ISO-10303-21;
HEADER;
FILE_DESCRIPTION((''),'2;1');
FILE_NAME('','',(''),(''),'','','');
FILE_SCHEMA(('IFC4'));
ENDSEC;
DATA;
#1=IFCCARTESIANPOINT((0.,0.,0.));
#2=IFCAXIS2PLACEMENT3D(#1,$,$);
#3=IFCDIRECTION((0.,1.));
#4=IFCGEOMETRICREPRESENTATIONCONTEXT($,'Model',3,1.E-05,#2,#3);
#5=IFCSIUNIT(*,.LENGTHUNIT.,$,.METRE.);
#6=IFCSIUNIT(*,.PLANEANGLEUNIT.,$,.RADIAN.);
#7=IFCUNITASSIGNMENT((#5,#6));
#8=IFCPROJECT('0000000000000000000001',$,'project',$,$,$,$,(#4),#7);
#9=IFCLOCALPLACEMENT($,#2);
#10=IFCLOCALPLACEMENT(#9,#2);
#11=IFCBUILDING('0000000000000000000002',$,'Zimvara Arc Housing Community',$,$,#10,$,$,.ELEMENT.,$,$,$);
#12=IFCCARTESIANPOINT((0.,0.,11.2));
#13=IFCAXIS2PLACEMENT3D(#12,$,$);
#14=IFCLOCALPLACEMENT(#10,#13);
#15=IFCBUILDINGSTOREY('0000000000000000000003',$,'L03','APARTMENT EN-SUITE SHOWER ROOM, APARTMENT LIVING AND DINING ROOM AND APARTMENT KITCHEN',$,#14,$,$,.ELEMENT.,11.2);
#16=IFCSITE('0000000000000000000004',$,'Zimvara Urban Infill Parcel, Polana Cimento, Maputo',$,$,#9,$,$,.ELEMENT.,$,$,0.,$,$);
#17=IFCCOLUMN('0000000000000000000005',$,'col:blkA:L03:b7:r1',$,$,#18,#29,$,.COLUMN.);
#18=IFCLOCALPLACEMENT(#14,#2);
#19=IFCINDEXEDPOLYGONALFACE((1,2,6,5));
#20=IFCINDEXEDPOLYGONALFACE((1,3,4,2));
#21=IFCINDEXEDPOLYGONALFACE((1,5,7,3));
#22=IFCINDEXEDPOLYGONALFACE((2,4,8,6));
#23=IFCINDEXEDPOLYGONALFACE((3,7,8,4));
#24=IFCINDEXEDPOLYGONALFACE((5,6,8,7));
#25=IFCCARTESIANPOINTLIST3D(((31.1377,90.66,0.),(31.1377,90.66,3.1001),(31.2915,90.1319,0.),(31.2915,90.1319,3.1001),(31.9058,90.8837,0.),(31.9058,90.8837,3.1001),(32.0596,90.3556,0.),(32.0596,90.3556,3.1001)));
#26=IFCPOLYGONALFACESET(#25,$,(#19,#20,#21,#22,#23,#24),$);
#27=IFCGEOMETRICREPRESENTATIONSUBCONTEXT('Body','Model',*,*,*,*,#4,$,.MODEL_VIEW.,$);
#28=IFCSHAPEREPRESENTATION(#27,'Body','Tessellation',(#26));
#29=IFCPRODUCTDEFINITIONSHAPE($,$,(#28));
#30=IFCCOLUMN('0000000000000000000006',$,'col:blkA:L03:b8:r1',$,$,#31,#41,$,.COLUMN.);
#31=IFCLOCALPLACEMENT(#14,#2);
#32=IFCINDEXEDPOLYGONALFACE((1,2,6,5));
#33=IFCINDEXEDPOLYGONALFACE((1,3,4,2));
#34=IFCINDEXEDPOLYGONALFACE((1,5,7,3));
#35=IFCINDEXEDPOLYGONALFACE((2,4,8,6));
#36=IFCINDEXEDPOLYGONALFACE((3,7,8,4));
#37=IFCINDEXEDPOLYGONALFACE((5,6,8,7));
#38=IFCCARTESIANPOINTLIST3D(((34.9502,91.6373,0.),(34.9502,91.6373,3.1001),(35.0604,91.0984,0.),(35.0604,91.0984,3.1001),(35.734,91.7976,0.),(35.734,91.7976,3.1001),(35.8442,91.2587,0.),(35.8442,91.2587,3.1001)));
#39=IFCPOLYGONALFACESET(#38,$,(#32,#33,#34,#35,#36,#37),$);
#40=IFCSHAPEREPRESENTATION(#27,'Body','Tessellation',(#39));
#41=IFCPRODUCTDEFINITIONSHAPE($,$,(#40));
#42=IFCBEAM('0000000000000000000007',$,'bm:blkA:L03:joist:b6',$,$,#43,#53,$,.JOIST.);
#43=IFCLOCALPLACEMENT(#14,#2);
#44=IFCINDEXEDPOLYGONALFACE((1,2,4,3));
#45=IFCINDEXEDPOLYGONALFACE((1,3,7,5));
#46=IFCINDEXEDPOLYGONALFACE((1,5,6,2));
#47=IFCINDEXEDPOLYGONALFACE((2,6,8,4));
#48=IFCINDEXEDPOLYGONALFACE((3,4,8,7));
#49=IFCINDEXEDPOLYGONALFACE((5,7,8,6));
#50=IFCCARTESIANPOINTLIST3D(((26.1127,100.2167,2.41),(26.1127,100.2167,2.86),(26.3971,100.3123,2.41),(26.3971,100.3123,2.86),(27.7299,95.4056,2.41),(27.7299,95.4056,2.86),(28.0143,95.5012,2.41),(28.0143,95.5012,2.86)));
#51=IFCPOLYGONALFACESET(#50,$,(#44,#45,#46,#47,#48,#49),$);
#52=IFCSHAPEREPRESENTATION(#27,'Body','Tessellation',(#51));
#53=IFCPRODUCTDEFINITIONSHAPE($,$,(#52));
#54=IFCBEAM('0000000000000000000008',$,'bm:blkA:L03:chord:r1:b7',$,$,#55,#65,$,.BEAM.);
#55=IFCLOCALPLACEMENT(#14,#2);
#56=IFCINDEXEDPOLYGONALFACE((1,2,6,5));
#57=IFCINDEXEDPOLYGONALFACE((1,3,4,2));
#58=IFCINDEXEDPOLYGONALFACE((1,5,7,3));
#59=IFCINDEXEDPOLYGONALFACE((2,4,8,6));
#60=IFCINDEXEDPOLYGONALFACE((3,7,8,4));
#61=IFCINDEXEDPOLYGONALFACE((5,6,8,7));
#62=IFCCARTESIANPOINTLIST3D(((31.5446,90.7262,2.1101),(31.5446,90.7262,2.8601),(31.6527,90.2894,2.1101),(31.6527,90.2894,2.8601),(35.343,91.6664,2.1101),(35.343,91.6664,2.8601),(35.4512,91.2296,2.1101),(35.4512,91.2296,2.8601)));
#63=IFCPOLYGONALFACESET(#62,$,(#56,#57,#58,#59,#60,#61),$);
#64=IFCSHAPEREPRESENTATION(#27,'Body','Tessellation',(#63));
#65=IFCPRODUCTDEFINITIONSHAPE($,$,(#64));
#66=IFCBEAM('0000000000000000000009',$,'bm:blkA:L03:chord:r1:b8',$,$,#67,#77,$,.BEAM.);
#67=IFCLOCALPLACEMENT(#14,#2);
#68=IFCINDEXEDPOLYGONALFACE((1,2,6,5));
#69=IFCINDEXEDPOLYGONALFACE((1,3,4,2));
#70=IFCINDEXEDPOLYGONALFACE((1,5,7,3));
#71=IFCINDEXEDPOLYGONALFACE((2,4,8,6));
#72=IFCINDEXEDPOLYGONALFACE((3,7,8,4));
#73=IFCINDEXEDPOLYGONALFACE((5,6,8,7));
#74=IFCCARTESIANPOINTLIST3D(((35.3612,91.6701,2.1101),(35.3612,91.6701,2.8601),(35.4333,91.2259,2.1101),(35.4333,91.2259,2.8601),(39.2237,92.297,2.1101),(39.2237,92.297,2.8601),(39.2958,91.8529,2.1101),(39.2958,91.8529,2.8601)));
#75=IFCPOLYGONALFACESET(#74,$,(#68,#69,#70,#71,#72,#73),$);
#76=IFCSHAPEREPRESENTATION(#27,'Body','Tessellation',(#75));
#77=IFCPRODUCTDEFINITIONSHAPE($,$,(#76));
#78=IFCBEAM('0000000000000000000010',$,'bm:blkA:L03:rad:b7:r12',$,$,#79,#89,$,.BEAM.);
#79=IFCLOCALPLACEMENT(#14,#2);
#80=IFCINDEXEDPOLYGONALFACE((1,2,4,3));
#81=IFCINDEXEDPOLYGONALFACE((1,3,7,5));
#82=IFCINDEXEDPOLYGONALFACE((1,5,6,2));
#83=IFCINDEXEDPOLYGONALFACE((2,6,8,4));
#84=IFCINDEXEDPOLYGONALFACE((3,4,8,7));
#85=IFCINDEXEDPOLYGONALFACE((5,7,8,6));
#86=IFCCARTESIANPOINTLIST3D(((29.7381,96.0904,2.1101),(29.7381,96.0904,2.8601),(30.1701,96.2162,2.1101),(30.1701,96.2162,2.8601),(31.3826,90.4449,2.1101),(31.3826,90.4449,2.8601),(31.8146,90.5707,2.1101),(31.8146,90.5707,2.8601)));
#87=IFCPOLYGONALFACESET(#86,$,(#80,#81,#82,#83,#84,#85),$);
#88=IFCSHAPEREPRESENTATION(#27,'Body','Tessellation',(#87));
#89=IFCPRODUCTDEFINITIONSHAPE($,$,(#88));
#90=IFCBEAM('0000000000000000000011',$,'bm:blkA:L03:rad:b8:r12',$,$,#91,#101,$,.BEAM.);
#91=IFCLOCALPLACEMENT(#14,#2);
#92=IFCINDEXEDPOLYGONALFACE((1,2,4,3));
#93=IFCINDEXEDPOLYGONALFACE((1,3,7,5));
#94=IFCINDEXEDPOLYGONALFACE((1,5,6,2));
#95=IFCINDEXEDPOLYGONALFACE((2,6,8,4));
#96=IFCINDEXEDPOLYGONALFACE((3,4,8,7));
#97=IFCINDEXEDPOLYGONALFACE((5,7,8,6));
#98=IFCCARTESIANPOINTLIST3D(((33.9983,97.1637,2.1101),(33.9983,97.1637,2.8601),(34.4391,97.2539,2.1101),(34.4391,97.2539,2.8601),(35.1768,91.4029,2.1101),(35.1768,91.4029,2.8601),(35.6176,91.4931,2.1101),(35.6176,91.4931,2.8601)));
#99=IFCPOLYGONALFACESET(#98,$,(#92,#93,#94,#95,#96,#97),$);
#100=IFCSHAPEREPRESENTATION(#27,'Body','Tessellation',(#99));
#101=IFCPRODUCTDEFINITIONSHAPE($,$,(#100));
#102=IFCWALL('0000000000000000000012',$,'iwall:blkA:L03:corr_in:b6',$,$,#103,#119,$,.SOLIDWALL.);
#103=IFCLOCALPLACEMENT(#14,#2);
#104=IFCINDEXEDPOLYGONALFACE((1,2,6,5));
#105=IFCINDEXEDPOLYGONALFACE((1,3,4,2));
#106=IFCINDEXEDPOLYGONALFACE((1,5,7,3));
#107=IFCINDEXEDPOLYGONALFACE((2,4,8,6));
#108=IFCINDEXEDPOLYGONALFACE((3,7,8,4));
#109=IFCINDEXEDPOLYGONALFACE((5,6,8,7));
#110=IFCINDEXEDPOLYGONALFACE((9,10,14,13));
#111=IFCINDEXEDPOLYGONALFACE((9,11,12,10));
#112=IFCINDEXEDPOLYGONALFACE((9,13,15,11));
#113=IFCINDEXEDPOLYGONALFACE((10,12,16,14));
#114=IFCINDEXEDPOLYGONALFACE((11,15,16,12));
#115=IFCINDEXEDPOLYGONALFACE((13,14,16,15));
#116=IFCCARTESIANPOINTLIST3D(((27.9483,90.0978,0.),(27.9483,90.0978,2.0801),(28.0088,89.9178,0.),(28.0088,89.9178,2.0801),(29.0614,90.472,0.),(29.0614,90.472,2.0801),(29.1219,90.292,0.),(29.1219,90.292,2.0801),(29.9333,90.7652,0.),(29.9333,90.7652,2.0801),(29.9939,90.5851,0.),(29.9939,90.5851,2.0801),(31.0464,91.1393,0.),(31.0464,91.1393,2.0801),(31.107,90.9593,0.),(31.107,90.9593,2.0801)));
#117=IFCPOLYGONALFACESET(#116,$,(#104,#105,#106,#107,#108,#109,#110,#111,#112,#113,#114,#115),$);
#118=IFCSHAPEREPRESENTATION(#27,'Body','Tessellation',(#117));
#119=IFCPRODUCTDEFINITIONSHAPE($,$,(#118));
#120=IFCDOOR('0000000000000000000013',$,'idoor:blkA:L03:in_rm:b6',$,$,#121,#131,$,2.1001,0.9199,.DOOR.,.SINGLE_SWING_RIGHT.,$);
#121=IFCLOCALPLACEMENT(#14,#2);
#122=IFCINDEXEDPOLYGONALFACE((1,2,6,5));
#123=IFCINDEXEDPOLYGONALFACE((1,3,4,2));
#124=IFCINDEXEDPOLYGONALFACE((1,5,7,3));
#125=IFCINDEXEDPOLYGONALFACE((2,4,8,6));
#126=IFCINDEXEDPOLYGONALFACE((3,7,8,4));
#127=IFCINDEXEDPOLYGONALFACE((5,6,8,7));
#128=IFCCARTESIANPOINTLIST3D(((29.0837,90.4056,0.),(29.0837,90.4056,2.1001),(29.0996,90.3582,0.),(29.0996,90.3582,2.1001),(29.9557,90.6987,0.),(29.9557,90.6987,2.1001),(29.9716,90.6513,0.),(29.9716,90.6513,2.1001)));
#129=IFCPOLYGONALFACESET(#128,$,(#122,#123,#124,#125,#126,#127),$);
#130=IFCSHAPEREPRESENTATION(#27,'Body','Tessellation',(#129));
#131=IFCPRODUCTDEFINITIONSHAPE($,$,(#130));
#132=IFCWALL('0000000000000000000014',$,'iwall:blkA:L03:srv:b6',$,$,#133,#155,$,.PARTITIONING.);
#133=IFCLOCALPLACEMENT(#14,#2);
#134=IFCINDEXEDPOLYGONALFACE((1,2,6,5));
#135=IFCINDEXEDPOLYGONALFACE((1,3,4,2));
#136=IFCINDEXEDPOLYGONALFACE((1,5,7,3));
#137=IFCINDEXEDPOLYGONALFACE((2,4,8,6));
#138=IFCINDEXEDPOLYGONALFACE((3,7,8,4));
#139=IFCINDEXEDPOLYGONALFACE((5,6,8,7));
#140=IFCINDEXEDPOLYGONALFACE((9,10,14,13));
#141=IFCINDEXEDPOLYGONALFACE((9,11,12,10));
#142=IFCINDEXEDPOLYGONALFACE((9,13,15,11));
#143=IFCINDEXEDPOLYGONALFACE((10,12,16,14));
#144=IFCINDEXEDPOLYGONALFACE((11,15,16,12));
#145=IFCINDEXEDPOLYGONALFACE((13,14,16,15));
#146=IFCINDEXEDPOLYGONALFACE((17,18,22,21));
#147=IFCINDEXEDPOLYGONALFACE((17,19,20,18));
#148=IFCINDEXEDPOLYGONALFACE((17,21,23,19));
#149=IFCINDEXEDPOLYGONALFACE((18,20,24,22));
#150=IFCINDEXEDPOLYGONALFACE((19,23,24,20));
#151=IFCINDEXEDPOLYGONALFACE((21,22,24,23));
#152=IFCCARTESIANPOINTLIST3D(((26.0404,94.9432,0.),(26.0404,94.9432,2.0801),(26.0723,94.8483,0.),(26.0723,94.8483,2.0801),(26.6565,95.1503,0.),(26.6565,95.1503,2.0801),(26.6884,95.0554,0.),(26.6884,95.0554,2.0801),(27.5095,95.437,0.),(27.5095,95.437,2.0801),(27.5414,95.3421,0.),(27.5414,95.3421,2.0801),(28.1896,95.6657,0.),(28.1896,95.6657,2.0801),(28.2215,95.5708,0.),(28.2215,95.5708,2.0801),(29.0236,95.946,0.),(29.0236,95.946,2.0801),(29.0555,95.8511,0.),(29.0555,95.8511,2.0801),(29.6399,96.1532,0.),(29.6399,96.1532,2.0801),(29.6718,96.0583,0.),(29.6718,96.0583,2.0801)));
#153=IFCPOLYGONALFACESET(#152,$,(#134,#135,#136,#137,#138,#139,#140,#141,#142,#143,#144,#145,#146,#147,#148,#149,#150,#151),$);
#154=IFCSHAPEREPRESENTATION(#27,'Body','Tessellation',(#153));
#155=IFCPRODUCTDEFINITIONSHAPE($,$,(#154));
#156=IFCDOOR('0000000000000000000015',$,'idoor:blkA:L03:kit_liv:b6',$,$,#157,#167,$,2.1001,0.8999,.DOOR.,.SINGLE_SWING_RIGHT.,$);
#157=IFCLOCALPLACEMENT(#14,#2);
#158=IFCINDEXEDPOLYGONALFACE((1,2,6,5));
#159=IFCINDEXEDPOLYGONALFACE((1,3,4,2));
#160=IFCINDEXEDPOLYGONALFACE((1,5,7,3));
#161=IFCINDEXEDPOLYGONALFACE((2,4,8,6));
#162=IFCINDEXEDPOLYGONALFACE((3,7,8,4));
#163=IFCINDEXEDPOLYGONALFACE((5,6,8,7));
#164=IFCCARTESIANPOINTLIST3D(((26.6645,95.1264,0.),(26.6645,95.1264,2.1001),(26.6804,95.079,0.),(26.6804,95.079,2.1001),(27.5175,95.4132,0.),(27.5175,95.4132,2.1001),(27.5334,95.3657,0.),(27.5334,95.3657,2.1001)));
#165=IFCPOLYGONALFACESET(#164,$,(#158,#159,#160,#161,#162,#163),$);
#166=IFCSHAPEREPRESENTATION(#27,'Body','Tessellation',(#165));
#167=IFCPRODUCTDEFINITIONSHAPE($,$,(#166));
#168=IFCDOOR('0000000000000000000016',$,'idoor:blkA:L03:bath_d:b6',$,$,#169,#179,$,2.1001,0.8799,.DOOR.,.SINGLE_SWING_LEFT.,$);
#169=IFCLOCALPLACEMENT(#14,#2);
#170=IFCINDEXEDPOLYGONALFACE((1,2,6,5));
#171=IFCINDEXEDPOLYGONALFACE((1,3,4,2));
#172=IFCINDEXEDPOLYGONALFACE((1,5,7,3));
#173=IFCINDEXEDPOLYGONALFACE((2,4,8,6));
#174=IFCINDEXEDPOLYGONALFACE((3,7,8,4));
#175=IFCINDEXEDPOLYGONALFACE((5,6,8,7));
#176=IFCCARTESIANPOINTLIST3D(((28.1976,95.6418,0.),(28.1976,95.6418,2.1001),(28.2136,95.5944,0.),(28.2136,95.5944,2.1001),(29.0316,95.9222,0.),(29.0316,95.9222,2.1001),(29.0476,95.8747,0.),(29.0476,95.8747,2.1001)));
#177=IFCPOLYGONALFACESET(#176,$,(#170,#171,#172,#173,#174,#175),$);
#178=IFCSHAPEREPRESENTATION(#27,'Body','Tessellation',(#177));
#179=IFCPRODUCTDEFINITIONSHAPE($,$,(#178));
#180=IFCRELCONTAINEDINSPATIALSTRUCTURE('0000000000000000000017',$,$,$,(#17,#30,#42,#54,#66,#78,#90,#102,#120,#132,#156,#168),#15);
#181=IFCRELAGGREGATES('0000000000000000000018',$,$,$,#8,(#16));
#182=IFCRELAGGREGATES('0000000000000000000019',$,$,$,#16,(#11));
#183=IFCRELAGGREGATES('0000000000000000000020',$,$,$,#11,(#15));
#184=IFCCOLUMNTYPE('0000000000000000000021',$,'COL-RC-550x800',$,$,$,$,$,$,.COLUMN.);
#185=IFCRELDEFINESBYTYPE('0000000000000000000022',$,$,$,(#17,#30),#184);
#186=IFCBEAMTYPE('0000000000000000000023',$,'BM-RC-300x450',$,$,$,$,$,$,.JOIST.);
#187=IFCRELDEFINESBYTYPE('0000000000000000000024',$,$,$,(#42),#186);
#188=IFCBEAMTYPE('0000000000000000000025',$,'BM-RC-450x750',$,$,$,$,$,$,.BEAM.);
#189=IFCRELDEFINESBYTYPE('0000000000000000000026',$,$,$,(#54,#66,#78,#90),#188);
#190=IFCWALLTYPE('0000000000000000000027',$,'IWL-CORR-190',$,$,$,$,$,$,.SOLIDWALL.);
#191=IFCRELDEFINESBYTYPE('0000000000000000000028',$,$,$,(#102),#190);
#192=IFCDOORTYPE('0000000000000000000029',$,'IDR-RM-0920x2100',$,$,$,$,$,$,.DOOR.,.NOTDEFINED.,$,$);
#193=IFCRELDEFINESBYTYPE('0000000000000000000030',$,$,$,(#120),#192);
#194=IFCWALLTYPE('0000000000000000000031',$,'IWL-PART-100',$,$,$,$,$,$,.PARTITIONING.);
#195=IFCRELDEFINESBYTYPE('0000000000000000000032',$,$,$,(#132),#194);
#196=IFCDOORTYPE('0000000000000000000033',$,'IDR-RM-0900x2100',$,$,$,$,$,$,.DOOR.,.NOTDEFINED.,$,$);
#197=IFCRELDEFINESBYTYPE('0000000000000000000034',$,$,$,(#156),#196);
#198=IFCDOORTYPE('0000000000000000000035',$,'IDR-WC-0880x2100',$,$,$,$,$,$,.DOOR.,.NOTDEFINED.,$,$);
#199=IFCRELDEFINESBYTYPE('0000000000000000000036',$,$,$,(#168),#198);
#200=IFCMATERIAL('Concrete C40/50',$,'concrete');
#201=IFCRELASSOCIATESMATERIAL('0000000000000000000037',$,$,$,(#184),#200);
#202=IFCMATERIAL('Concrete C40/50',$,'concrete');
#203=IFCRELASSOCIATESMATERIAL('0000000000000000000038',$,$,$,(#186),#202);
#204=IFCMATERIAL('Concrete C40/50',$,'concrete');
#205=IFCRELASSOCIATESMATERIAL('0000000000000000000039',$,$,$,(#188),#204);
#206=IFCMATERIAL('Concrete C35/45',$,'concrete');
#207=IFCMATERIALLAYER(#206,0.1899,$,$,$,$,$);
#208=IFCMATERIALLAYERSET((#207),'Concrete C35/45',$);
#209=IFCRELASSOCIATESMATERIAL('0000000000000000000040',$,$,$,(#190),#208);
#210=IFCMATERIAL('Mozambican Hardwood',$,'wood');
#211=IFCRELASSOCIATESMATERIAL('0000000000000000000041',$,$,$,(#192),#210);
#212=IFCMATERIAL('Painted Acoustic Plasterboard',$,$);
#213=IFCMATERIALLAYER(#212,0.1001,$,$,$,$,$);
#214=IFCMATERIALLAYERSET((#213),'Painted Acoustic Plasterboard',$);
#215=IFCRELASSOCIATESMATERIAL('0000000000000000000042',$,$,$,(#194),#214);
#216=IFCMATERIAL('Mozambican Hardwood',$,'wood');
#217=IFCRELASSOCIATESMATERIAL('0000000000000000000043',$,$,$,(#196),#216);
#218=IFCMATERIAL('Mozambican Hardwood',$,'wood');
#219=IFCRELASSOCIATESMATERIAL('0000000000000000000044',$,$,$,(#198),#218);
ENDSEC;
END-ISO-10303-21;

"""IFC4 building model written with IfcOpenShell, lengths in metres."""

from ifc_helpers import new_model, si_unit, direction, frame, frame_2d, origin, origin_2d, place, context, subcontext, project, spatial, rectangle, extrude, material, layer, layer_set, material_profile, profile_set, type_object, element, fill, save


model = new_model("IFC4")

# Units and contexts
model_context = context("Model", 3, precision=1e-05, world=origin(), true_north=direction((0.0, 1.0)))
body_context = subcontext(model_context, "Body", "Model", "MODEL_VIEW")
ifc_project = project(units=[si_unit("LENGTHUNIT", "METRE"), si_unit("PLANEANGLEUNIT", "RADIAN")], contexts=[model_context])

# Site, building, storey
site_placement = place(None, origin())
site = spatial("IfcSite", under=ifc_project, at=site_placement, Name="Zimvara Urban Infill Parcel, Polana Cimento, Maputo", CompositionType="ELEMENT", RefElevation=0.0)
building_placement = place(site_placement, origin())
building = spatial("IfcBuilding", under=site, at=building_placement, Name="Zimvara Arc Housing Community", CompositionType="ELEMENT")
storey_placement = place(building_placement, frame((0.0, 0.0, 11.2)))
storey = spatial("IfcBuildingStorey", under=building, at=storey_placement, Name="L03", Description="APARTMENT EN-SUITE SHOWER ROOM, APARTMENT LIVING AND DINING ROOM AND APARTMENT KITCHEN", CompositionType="ELEMENT", Elevation=11.2)

# Columns
ifc_material_1 = material(Name="Concrete C40/50", Category="concrete")
ifc_material_profile_1 = material_profile(ifc_material_1, rectangle(XDim=0.55, YDim=0.8, at=origin_2d()), Name="RC 550x800")
ifc_profile_set_1 = profile_set([ifc_material_profile_1], Name="Concrete C40/50")
column_type = type_object("IfcColumnType", Name="COL-RC-550x800", PredefinedType="COLUMN", material=ifc_profile_set_1)
for number, where, z_axis, x_axis, name in (
    (1, (31.5986, 90.5078, 0.0), (0.0, 0.0, 1.0), (-0.279661, 0.960099, 0.0), "col:blkA:L03:b7:r1"),
    (2, (35.3972, 91.448, 0.0), (0.0, 0.0, 1.0), (-0.200394, 0.979715, 0.0), "col:blkA:L03:b8:r1"),
):
    element("IfcColumn", number, at=place(storey_placement, frame(where, z_axis=z_axis, x_axis=x_axis)), inside=storey, type_object=column_type, Name=name, PredefinedType="COLUMN", context=body_context, shape_type="SweptSolid", body=[
        extrude(rectangle(XDim=0.55, YDim=0.8, at=origin_2d()), origin(), (0.0, 0.0, 1.0), 3.1001),
    ])

# Beams
ifc_material_2 = material(Name="Concrete C40/50", Category="concrete")
ifc_material_profile_2 = material_profile(ifc_material_2, rectangle(XDim=0.3, YDim=0.45, at=origin_2d()), Name="RC 300x450")
ifc_profile_set_2 = profile_set([ifc_material_profile_2], Name="Concrete C40/50")
beam_type_1 = type_object("IfcBeamType", Name="BM-RC-300x450", PredefinedType="JOIST", material=ifc_profile_set_2)
beam_placement = place(storey_placement, frame((27.8721, 95.4534, 2.635), z_axis=(-0.318608, 0.947887, 0.0), x_axis=(-0.947887, -0.318608, 0.0)))
element("IfcBeam", 3, at=beam_placement, inside=storey, type_object=beam_type_1, Name="bm:blkA:L03:joist:b6", PredefinedType="JOIST", context=body_context, shape_type="SweptSolid", body=[
    extrude(rectangle(XDim=0.3, YDim=0.45, at=origin_2d()), origin(), (0.0, 0.0, 1.0), 5.0757),
])
ifc_material_3 = material(Name="Concrete C40/50", Category="concrete")
ifc_material_profile_3 = material_profile(ifc_material_3, rectangle(XDim=0.45, YDim=0.75, at=origin_2d()), Name="RC 450x750")
ifc_profile_set_3 = profile_set([ifc_material_profile_3], Name="Concrete C40/50")
beam_type_2 = type_object("IfcBeamType", Name="BM-RC-450x750", PredefinedType="BEAM", material=ifc_profile_set_3)
for number, where, z_axis, x_axis, name in (
    (4, (31.5986, 90.5078, 2.4851), (0.970709, 0.24026, 0.0), (-0.24026, 0.970709, 0.0), "bm:blkA:L03:chord:r1:b7"),
    (5, (35.3972, 91.448, 2.4851), (0.987081, 0.160219, 0.0), (-0.160219, 0.987081, 0.0), "bm:blkA:L03:chord:r1:b8"),
):
    element("IfcBeam", number, at=place(storey_placement, frame(where, z_axis=z_axis, x_axis=x_axis)), inside=storey, type_object=beam_type_2, Name=name, PredefinedType="BEAM", context=body_context, shape_type="SweptSolid", body=[
        extrude(rectangle(XDim=0.45, YDim=0.75, at=origin_2d()), origin(), (0.0, 0.0, 1.0), 3.9131),
    ])
for number, where, z_axis, x_axis, name in (
    (6, (31.5986, 90.5078, 2.4851), (-0.279675, 0.960095, 0.0), (-0.960095, -0.279675, 0.0), "bm:blkA:L03:rad:b7:r12"),
    (7, (35.3972, 91.448, 2.4851), (-0.200418, 0.97971, 0.0), (-0.97971, -0.200418, 0.0), "bm:blkA:L03:rad:b8:r12"),
):
    element("IfcBeam", number, at=place(storey_placement, frame(where, z_axis=z_axis, x_axis=x_axis)), inside=storey, type_object=beam_type_2, Name=name, PredefinedType="BEAM", context=body_context, shape_type="SweptSolid", body=[
        extrude(rectangle(XDim=0.45, YDim=0.75, at=origin_2d()), origin(), (0.0, 0.0, 1.0), 5.8801),
    ])

# Wall, opening, door
ifc_material_4 = material(Name="Concrete C35/45", Category="concrete")
ifc_layer_1 = layer(ifc_material_4, 0.1899)
ifc_layer_set_1 = layer_set([ifc_layer_1], Name="Concrete C35/45")
wall_type_1 = type_object("IfcWallType", Name="IWL-CORR-190", PredefinedType="SOLIDWALL", material=ifc_layer_set_1)
wall_1_placement = place(storey_placement, frame((27.9785, 90.0078, 0.0), z_axis=(0.0, 0.0, 1.0), x_axis=(0.947874, 0.318647, 0.0)))
wall_1 = element("IfcWall", 8, at=wall_1_placement, inside=storey, type_object=wall_type_1, Name="iwall:blkA:L03:corr_in:b6", PredefinedType="SOLIDWALL", context=body_context, shape_type="SweptSolid", body=[
    extrude(rectangle(XDim=3.2686, YDim=0.1899, at=frame_2d((1.6343, 0.0))), origin(), (0.0, 0.0, 1.0), 2.0801),
])
opening_1_placement = place(wall_1_placement, frame((1.1743, 0.0, 0.0)))
opening_1 = element("IfcOpeningElement", 9, at=opening_1_placement, cuts=wall_1, PredefinedType="OPENING", context=body_context, shape_type="SweptSolid", body=[
    extrude(rectangle(XDim=0.9199, YDim=2.1001, at=frame_2d((0.46, 1.05))), frame((0.0, 0.105, 0.0), z_axis=(0.0, -1.0, 0.0), x_axis=(1.0, 0.0, 0.0)), (0.0, 0.0, 1.0), 0.21),
])
ifc_material_5 = material(Name="Mozambican Hardwood", Category="wood")
door_type_1 = type_object("IfcDoorType", Name="IDR-RM-0920x2100", OperationType="NOTDEFINED", PredefinedType="DOOR", material=ifc_material_5)
door_1_placement = place(opening_1_placement, origin())
door_1 = element("IfcDoor", 10, at=door_1_placement, inside=storey, type_object=door_type_1, Name="idoor:blkA:L03:in_rm:b6", OperationType="SINGLE_SWING_RIGHT", OverallHeight=2.1001, OverallWidth=0.9199, PredefinedType="DOOR", context=body_context, shape_type="SweptSolid", body=[
    extrude(rectangle(XDim=0.9199, YDim=2.1001, at=frame_2d((0.46, 1.05))), frame((0.0, 0.0249, 0.0), z_axis=(0.0, -1.0, 0.0), x_axis=(1.0, 0.0, 0.0)), (0.0, 0.0, 1.0), 0.05),
])
fill(opening_1, door_1)

# Wall, openings, doors
ifc_material_6 = material(Name="Painted Acoustic Plasterboard")
ifc_layer_2 = layer(ifc_material_6, 0.1001)
ifc_layer_set_2 = layer_set([ifc_layer_2], Name="Painted Acoustic Plasterboard")
wall_type_2 = type_object("IfcWallType", Name="IWL-PART-100", PredefinedType="PARTITIONING", material=ifc_layer_set_2)
wall_2_placement = place(storey_placement, frame((26.0564, 94.8958, 0.0), z_axis=(0.0, 0.0, 1.0), x_axis=(0.947877, 0.318638, 0.0)))
wall_2 = element("IfcWall", 11, at=wall_2_placement, inside=storey, type_object=wall_type_2, Name="iwall:blkA:L03:srv:b6", PredefinedType="PARTITIONING", context=body_context, shape_type="SweptSolid", body=[
    extrude(rectangle(XDim=3.7974, YDim=0.1001, at=frame_2d((1.8987, 0.0))), origin(), (0.0, 0.0, 1.0), 2.0801),
])
opening_2_placement = place(wall_2_placement, frame((0.6499, 0.0, 0.0)))
opening_2 = element("IfcOpeningElement", 12, at=opening_2_placement, cuts=wall_2, PredefinedType="OPENING", context=body_context, shape_type="SweptSolid", body=[
    extrude(rectangle(XDim=0.8999, YDim=2.1001, at=frame_2d((0.45, 1.05))), frame((0.0, 0.0601, 0.0), z_axis=(0.0, -1.0, 0.0), x_axis=(1.0, 0.0, 0.0)), (0.0, 0.0, 1.0), 0.1201),
])
opening_3_placement = place(wall_2_placement, frame((2.2673, 0.0, 0.0)))
opening_3 = element("IfcOpeningElement", 13, at=opening_3_placement, cuts=wall_2, PredefinedType="OPENING", context=body_context, shape_type="SweptSolid", body=[
    extrude(rectangle(XDim=0.8799, YDim=2.1001, at=frame_2d((0.4399, 1.05))), frame((0.0, 0.0601, 0.0), z_axis=(0.0, -1.0, 0.0), x_axis=(1.0, 0.0, 0.0)), (0.0, 0.0, 1.0), 0.1201),
])
ifc_material_7 = material(Name="Mozambican Hardwood", Category="wood")
door_type_2 = type_object("IfcDoorType", Name="IDR-RM-0900x2100", OperationType="NOTDEFINED", PredefinedType="DOOR", material=ifc_material_7)
door_2_placement = place(opening_2_placement, origin())
door_2 = element("IfcDoor", 14, at=door_2_placement, inside=storey, type_object=door_type_2, Name="idoor:blkA:L03:kit_liv:b6", OperationType="SINGLE_SWING_RIGHT", OverallHeight=2.1001, OverallWidth=0.8999, PredefinedType="DOOR", context=body_context, shape_type="SweptSolid", body=[
    extrude(rectangle(XDim=0.8999, YDim=2.1001, at=frame_2d((0.45, 1.05))), frame((0.0, 0.0249, 0.0), z_axis=(0.0, -1.0, 0.0), x_axis=(1.0, 0.0, 0.0)), (0.0, 0.0, 1.0), 0.05),
])
fill(opening_2, door_2)
ifc_material_8 = material(Name="Mozambican Hardwood", Category="wood")
door_type_3 = type_object("IfcDoorType", Name="IDR-WC-0880x2100", OperationType="NOTDEFINED", PredefinedType="DOOR", material=ifc_material_8)
door_3_placement = place(opening_3_placement, origin())
door_3 = element("IfcDoor", 15, at=door_3_placement, inside=storey, type_object=door_type_3, Name="idoor:blkA:L03:bath_d:b6", OperationType="SINGLE_SWING_LEFT", OverallHeight=2.1001, OverallWidth=0.8799, PredefinedType="DOOR", context=body_context, shape_type="SweptSolid", body=[
    extrude(rectangle(XDim=0.8799, YDim=2.1001, at=frame_2d((0.4399, 1.05))), frame((0.0, 0.0249, 0.0), z_axis=(0.0, -1.0, 0.0), x_axis=(1.0, 0.0, 0.0)), (0.0, 0.0, 1.0), 0.05),
])
fill(opening_3, door_3)

save(model, "model.ifc")
